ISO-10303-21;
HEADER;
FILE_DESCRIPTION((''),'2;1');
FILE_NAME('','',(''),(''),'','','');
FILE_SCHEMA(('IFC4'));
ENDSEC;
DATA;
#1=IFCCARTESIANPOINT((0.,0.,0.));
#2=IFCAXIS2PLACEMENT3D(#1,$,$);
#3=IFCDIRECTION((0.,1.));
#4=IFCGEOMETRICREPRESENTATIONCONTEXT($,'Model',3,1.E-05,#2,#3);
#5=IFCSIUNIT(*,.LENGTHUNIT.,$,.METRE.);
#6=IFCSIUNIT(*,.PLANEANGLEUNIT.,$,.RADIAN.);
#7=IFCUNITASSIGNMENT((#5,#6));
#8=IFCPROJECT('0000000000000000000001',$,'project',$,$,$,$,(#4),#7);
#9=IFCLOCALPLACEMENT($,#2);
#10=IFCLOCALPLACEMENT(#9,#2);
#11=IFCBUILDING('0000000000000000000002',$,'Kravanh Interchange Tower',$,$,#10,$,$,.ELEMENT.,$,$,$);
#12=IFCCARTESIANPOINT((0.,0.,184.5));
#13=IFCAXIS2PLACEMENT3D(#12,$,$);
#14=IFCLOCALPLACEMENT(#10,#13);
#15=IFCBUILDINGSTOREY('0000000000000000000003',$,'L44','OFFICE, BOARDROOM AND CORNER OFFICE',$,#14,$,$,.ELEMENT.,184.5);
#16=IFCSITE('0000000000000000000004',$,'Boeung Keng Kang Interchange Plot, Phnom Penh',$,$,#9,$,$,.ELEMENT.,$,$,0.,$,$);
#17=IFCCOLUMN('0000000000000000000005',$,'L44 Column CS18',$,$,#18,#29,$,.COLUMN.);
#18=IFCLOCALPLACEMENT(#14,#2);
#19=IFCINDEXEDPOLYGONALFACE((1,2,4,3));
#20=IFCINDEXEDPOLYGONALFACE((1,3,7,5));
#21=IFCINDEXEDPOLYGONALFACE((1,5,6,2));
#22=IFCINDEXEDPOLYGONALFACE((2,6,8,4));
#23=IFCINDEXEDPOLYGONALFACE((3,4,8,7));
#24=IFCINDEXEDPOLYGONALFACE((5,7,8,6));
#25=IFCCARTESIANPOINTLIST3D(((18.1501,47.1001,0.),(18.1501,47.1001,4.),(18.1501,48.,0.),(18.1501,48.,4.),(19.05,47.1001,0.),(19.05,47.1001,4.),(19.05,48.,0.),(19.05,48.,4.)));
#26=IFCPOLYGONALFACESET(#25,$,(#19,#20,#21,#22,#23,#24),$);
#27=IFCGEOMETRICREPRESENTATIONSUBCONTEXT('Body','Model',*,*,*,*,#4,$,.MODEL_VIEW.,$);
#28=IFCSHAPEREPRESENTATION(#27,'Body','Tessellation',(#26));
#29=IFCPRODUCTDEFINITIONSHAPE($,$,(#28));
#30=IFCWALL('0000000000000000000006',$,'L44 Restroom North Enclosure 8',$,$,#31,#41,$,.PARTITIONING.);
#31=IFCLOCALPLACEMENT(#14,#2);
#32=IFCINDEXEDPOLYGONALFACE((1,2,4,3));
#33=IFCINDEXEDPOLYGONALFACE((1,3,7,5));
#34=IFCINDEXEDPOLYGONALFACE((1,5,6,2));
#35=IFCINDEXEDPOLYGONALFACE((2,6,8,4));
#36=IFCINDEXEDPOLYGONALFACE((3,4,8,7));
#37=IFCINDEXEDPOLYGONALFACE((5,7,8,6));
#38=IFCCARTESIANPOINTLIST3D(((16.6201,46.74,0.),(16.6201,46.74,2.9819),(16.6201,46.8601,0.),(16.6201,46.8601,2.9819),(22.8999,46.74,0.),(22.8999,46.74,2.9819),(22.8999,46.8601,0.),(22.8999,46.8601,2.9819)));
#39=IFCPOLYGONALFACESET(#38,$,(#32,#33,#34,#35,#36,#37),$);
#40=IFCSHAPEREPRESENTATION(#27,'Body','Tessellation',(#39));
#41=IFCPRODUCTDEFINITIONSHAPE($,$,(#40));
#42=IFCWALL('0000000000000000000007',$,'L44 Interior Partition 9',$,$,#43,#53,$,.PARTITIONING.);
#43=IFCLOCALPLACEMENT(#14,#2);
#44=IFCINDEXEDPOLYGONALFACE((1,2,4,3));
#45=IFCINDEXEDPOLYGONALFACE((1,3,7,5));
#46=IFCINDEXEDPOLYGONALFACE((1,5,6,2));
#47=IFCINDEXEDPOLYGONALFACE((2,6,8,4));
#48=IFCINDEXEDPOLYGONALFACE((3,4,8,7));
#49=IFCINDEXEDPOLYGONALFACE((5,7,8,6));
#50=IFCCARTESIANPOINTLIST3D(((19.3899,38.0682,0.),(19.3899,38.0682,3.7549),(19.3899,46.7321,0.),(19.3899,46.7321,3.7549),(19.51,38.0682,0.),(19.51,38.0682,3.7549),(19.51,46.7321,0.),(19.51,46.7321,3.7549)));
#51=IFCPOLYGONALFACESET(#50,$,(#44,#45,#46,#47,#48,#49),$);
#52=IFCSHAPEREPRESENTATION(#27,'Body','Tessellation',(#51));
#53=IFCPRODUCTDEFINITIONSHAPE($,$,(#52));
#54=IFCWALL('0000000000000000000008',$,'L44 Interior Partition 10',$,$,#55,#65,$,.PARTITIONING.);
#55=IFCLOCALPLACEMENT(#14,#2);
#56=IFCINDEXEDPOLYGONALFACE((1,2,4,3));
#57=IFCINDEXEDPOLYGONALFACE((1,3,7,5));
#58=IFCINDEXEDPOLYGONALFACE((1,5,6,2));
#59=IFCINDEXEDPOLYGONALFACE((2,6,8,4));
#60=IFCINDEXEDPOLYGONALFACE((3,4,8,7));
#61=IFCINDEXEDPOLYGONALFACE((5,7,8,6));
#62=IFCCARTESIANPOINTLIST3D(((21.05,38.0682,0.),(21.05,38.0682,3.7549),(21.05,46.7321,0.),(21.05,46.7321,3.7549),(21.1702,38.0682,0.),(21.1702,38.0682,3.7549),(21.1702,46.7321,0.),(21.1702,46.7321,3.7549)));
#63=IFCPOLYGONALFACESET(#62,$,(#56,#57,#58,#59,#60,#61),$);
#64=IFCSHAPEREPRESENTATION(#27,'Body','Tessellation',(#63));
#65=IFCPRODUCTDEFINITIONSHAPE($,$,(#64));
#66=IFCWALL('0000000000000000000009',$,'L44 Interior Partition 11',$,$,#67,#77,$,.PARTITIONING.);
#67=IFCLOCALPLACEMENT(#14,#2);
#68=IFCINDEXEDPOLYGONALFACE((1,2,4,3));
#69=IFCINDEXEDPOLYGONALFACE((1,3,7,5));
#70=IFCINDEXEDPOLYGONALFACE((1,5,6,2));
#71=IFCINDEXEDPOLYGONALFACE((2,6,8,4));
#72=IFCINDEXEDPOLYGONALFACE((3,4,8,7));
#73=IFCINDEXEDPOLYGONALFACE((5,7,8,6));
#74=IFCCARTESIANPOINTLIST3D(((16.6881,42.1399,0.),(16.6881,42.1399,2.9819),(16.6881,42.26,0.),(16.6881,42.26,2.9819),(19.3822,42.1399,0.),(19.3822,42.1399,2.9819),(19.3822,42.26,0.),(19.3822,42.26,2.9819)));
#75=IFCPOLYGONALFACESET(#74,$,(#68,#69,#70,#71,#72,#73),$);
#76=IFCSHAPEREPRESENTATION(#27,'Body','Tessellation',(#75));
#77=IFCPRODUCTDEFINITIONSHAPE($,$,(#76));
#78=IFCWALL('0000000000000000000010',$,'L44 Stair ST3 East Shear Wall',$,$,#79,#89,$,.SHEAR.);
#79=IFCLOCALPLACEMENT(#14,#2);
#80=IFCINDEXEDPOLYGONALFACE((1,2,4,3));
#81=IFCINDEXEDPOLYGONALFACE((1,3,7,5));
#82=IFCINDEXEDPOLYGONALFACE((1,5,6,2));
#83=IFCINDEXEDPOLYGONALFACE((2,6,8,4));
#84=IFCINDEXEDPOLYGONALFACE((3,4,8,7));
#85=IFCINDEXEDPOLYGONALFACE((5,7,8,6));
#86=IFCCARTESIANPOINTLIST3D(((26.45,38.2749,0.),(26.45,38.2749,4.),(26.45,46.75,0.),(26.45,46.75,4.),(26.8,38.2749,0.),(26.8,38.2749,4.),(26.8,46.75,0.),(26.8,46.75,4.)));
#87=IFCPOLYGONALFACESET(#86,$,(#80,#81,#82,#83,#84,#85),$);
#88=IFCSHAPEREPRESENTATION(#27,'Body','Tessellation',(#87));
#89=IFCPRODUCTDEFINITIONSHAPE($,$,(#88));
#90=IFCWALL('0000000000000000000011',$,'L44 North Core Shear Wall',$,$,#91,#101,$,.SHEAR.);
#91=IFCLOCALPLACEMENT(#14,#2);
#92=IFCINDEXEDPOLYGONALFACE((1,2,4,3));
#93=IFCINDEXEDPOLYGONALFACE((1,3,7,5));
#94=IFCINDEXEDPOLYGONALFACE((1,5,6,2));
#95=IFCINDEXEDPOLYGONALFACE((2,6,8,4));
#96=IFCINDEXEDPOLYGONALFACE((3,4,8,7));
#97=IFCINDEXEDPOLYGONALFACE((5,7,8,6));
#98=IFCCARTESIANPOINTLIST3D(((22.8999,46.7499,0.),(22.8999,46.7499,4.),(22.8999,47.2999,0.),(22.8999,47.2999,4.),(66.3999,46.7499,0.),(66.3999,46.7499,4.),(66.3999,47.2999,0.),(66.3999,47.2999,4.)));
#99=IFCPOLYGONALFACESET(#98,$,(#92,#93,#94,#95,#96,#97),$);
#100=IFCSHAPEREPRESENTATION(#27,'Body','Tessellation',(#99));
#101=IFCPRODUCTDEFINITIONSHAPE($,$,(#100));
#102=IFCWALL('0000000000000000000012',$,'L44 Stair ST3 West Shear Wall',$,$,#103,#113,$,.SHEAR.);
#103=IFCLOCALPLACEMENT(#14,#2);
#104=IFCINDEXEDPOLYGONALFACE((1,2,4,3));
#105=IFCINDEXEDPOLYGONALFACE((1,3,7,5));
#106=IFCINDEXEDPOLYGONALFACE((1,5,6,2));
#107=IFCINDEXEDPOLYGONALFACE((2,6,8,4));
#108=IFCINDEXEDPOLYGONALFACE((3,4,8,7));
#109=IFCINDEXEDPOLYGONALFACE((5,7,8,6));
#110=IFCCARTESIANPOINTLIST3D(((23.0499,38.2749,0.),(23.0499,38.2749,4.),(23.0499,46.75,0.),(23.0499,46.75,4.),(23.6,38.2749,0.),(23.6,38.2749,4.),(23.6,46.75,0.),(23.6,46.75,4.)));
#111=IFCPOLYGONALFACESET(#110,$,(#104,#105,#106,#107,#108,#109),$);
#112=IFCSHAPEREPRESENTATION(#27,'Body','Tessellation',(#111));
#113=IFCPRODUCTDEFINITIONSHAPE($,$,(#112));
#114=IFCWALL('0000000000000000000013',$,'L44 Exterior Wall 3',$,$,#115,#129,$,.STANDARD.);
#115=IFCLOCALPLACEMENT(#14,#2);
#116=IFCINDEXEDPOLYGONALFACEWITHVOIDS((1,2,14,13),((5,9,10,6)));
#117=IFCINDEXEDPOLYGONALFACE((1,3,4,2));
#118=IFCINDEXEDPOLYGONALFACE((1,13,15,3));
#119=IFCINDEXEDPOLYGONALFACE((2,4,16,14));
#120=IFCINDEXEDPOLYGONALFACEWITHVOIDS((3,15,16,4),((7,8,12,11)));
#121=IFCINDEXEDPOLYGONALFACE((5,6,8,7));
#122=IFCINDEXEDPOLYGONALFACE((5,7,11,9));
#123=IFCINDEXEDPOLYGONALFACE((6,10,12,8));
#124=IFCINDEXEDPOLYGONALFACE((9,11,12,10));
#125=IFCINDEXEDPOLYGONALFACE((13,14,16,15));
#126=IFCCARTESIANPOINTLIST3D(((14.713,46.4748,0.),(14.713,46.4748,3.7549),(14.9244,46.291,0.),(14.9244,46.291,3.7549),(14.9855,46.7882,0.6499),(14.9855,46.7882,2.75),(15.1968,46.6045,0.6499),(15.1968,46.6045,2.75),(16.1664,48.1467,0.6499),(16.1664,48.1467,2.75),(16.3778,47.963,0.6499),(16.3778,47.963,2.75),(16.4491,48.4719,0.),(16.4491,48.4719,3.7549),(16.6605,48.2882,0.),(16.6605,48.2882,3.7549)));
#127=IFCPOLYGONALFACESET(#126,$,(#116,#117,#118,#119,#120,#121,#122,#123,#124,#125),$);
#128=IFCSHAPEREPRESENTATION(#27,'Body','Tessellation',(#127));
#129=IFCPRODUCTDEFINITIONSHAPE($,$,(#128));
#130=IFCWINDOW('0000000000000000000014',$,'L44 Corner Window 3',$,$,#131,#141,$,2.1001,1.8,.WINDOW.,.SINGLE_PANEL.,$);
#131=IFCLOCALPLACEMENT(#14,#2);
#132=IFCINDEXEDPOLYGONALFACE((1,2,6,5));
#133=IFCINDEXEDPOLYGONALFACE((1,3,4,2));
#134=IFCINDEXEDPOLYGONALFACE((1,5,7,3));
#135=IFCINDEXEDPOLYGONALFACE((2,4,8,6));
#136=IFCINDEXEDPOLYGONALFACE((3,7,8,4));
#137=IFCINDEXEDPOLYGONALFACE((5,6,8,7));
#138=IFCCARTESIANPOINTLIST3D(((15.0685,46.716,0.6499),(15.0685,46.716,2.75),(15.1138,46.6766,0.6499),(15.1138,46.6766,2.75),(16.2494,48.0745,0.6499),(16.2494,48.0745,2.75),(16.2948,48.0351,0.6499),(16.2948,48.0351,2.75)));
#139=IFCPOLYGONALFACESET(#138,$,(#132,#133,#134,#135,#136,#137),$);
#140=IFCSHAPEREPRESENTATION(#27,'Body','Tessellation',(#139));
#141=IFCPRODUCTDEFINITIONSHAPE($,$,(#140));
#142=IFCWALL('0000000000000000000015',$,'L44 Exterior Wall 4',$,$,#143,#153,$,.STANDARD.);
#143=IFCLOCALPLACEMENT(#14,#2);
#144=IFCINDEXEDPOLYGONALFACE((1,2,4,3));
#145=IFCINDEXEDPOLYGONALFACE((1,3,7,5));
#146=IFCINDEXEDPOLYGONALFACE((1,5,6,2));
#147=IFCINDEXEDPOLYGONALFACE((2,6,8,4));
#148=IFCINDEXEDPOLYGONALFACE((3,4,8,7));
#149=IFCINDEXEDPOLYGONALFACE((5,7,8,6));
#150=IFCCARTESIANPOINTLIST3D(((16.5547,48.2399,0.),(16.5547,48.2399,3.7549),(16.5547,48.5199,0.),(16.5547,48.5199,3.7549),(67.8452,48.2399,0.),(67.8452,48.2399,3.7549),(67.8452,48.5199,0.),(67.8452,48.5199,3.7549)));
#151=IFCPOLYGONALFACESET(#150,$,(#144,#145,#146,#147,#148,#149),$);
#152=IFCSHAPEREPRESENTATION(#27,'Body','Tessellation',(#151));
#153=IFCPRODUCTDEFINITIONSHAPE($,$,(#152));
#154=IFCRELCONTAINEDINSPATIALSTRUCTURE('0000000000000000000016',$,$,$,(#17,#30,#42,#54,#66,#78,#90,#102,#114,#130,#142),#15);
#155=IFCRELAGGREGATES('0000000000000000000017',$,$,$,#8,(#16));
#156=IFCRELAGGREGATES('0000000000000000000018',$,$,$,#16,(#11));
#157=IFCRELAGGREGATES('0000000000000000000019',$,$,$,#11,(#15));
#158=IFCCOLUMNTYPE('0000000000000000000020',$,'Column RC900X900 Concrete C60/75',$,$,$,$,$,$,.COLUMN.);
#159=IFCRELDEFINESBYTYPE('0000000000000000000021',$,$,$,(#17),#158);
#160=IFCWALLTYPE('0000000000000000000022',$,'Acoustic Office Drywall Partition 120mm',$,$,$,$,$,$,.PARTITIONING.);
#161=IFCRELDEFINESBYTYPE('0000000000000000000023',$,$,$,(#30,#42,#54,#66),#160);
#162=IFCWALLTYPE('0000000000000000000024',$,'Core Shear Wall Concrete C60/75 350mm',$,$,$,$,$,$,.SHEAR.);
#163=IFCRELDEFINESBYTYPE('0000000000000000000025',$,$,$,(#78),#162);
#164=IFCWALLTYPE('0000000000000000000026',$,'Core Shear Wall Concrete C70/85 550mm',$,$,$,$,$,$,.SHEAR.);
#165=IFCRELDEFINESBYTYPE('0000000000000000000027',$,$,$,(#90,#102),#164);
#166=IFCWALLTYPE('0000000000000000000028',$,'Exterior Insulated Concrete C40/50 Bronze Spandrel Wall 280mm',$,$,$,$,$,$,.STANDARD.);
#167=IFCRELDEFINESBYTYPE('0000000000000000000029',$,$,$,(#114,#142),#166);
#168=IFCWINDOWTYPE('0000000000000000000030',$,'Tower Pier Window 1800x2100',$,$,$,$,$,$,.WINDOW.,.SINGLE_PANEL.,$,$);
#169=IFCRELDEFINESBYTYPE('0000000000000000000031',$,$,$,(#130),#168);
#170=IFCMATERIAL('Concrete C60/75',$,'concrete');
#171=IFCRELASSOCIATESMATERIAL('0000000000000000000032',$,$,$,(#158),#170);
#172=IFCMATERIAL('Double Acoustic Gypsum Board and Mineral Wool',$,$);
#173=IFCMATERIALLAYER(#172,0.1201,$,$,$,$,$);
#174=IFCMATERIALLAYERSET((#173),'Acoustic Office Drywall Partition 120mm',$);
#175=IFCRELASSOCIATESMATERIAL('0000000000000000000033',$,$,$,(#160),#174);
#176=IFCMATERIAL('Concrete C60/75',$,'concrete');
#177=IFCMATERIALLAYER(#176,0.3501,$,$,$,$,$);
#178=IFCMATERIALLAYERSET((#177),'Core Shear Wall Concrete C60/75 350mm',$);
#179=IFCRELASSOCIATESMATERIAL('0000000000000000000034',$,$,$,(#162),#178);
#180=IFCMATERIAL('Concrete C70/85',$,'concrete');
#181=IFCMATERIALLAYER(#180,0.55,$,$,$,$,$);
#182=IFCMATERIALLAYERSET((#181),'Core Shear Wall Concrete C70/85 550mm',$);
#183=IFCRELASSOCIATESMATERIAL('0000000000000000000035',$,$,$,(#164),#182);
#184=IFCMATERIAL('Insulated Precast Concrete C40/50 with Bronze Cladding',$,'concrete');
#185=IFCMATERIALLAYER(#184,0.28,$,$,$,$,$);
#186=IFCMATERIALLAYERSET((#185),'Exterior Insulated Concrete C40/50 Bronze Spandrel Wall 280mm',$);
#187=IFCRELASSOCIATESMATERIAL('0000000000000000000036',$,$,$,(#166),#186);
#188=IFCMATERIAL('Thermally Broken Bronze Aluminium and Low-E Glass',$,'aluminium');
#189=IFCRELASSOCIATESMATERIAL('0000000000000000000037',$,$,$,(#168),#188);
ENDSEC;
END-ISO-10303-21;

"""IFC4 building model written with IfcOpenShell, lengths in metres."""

from ifc_helpers import new_model, si_unit, direction, frame, frame_2d, origin, origin_2d, place, context, subcontext, project, spatial, rectangle, extrude, material, layer, layer_set, material_profile, profile_set, type_object, element, fill, save


model = new_model("IFC4")

# Units and contexts
model_context = context("Model", 3, precision=1e-05, world=origin(), true_north=direction((0.0, 1.0)))
body_context = subcontext(model_context, "Body", "Model", "MODEL_VIEW")
ifc_project = project(units=[si_unit("LENGTHUNIT", "METRE"), si_unit("PLANEANGLEUNIT", "RADIAN")], contexts=[model_context])

# Site, building, storey
site_placement = place(None, origin())
site = spatial("IfcSite", under=ifc_project, at=site_placement, Name="Boeung Keng Kang Interchange Plot, Phnom Penh", CompositionType="ELEMENT", RefElevation=0.0)
building_placement = place(site_placement, origin())
building = spatial("IfcBuilding", under=site, at=building_placement, Name="Kravanh Interchange Tower", CompositionType="ELEMENT")
storey_placement = place(building_placement, frame((0.0, 0.0, 184.5)))
storey = spatial("IfcBuildingStorey", under=building, at=storey_placement, Name="L44", Description="OFFICE, BOARDROOM AND CORNER OFFICE", CompositionType="ELEMENT", Elevation=184.5)

# Column
ifc_material_1 = material(Name="Concrete C60/75", Category="concrete")
ifc_material_profile = material_profile(ifc_material_1, rectangle(XDim=0.8999, YDim=0.8999, at=origin_2d()), Name="RC900X900")
ifc_profile_set = profile_set([ifc_material_profile], Name="Concrete C60/75")
column_type = type_object("IfcColumnType", Name="Column RC900X900 Concrete C60/75", PredefinedType="COLUMN", material=ifc_profile_set)
column_placement = place(storey_placement, frame((18.6001, 47.55, 0.0), z_axis=(0.0, 0.0, 1.0), x_axis=(1.0, 0.0, 0.0)))
element("IfcColumn", 1, at=column_placement, inside=storey, type_object=column_type, Name="L44 Column CS18", PredefinedType="COLUMN", context=body_context, shape_type="SweptSolid", body=[
    extrude(rectangle(XDim=0.8999, YDim=0.8999, at=origin_2d()), origin(), (0.0, 0.0, 1.0), 4.0),
])

# Walls
ifc_material_2 = material(Name="Double Acoustic Gypsum Board and Mineral Wool")
ifc_layer_1 = layer(ifc_material_2, 0.1201)
ifc_layer_set_1 = layer_set([ifc_layer_1], Name="Acoustic Office Drywall Partition 120mm")
wall_type_1 = type_object("IfcWallType", Name="Acoustic Office Drywall Partition 120mm", PredefinedType="PARTITIONING", material=ifc_layer_set_1)
wall_1_placement = place(storey_placement, frame((16.6201, 46.8, 0.0), z_axis=(0.0, 0.0, 1.0), x_axis=(1.0, 0.0, 0.0)))
element("IfcWall", 2, at=wall_1_placement, inside=storey, type_object=wall_type_1, Name="L44 Restroom North Enclosure 8", PredefinedType="PARTITIONING", context=body_context, shape_type="SweptSolid", body=[
    extrude(rectangle(XDim=6.2798, YDim=0.1201, at=frame_2d((3.1399, 0.0))), origin(), (0.0, 0.0, 1.0), 2.9819),
])
for number, where, z_axis, x_axis, name in (
    (3, (19.45, 38.0681, 0.0), (0.0, 0.0, 1.0), (0.0, 1.0, 0.0), "L44 Interior Partition 9"),
    (4, (21.1101, 38.0681, 0.0), (0.0, 0.0, 1.0), (0.0, 1.0, 0.0), "L44 Interior Partition 10"),
):
    element("IfcWall", number, at=place(storey_placement, frame(where, z_axis=z_axis, x_axis=x_axis)), inside=storey, type_object=wall_type_1, Name=name, PredefinedType="PARTITIONING", context=body_context, shape_type="SweptSolid", body=[
        extrude(rectangle(XDim=8.6638, YDim=0.1201, at=frame_2d((4.332, 0.0))), origin(), (0.0, 0.0, 1.0), 3.7549),
    ])
wall_2_placement = place(storey_placement, frame((16.688, 42.2, 0.0), z_axis=(0.0, 0.0, 1.0), x_axis=(1.0, 0.0, 0.0)))
element("IfcWall", 5, at=wall_2_placement, inside=storey, type_object=wall_type_1, Name="L44 Interior Partition 11", PredefinedType="PARTITIONING", context=body_context, shape_type="SweptSolid", body=[
    extrude(rectangle(XDim=2.6941, YDim=0.1201, at=frame_2d((1.3472, 0.0))), origin(), (0.0, 0.0, 1.0), 2.9819),
])
ifc_material_3 = material(Name="Concrete C60/75", Category="concrete")
ifc_layer_2 = layer(ifc_material_3, 0.3501)
ifc_layer_set_2 = layer_set([ifc_layer_2], Name="Core Shear Wall Concrete C60/75 350mm")
wall_type_2 = type_object("IfcWallType", Name="Core Shear Wall Concrete C60/75 350mm", PredefinedType="SHEAR", material=ifc_layer_set_2)
wall_3_placement = place(storey_placement, frame((26.625, 38.2749, 0.0), z_axis=(0.0, 0.0, 1.0), x_axis=(0.0, 1.0, 0.0)))
element("IfcWall", 6, at=wall_3_placement, inside=storey, type_object=wall_type_2, Name="L44 Stair ST3 East Shear Wall", PredefinedType="SHEAR", context=body_context, shape_type="SweptSolid", body=[
    extrude(rectangle(XDim=8.4751, YDim=0.3501, at=frame_2d((4.2375, 0.0))), origin(), (0.0, 0.0, 1.0), 4.0),
])
ifc_material_4 = material(Name="Concrete C70/85", Category="concrete")
ifc_layer_3 = layer(ifc_material_4, 0.55)
ifc_layer_set_3 = layer_set([ifc_layer_3], Name="Core Shear Wall Concrete C70/85 550mm")
wall_type_3 = type_object("IfcWallType", Name="Core Shear Wall Concrete C70/85 550mm", PredefinedType="SHEAR", material=ifc_layer_set_3)
wall_4_placement = place(storey_placement, frame((22.8999, 47.0249, 0.0), z_axis=(0.0, 0.0, 1.0), x_axis=(1.0, 0.0, 0.0)))
element("IfcWall", 7, at=wall_4_placement, inside=storey, type_object=wall_type_3, Name="L44 North Core Shear Wall", PredefinedType="SHEAR", context=body_context, shape_type="SweptSolid", body=[
    extrude(rectangle(XDim=43.5, YDim=0.55, at=frame_2d((21.75, 0.0))), origin(), (0.0, 0.0, 1.0), 4.0),
])
wall_5_placement = place(storey_placement, frame((23.325, 38.2749, 0.0), z_axis=(0.0, 0.0, 1.0), x_axis=(0.0, 1.0, 0.0)))
element("IfcWall", 8, at=wall_5_placement, inside=storey, type_object=wall_type_3, Name="L44 Stair ST3 West Shear Wall", PredefinedType="SHEAR", context=body_context, shape_type="SweptSolid", body=[
    extrude(rectangle(XDim=8.4751, YDim=0.55, at=frame_2d((4.2375, 0.0))), origin(), (0.0, 0.0, 1.0), 4.0),
])

# Wall, opening, window
ifc_material_5 = material(Name="Insulated Precast Concrete C40/50 with Bronze Cladding", Category="concrete")
ifc_layer_4 = layer(ifc_material_5, 0.28)
ifc_layer_set_4 = layer_set([ifc_layer_4], Name="Exterior Insulated Concrete C40/50 Bronze Spandrel Wall 280mm")
wall_type_4 = type_object("IfcWallType", Name="Exterior Insulated Concrete C40/50 Bronze Spandrel Wall 280mm", PredefinedType="STANDARD", material=ifc_layer_set_4)
wall_6_placement = place(storey_placement, frame((14.8186, 46.3828, 0.0), z_axis=(0.0, 0.0, 1.0), x_axis=(0.656071, 0.754699, 0.0)))
wall_6 = element("IfcWall", 9, at=wall_6_placement, inside=storey, type_object=wall_type_4, Name="L44 Exterior Wall 3", PredefinedType="STANDARD", context=body_context, shape_type="SweptSolid", body=[
    extrude(rectangle(XDim=2.6462, YDim=0.28, at=frame_2d((1.3232, 0.0))), origin(), (0.0, 0.0, 1.0), 3.7549),
])
opening_1_placement = place(wall_6_placement, frame((0.4155, 0.0, 0.6499)))
opening_1 = element("IfcOpeningElement", 10, at=opening_1_placement, cuts=wall_6, PredefinedType="OPENING", context=body_context, shape_type="SweptSolid", body=[
    extrude(rectangle(XDim=1.8, YDim=2.1001, at=frame_2d((0.8999, 1.05))), frame((0.0, 0.1499, 0.0), z_axis=(0.0, -1.0, 0.0), x_axis=(1.0, 0.0, 0.0)), (0.0, 0.0, 1.0), 0.3),
])
ifc_material_6 = material(Name="Thermally Broken Bronze Aluminium and Low-E Glass", Category="aluminium")
window_type = type_object("IfcWindowType", Name="Tower Pier Window 1800x2100", PartitioningType="SINGLE_PANEL", PredefinedType="WINDOW", material=ifc_material_6)
window_placement = place(opening_1_placement, origin())
window = element("IfcWindow", 11, at=window_placement, inside=storey, type_object=window_type, Name="L44 Corner Window 3", OverallHeight=2.1001, OverallWidth=1.8, PartitioningType="SINGLE_PANEL", PredefinedType="WINDOW", context=body_context, shape_type="SweptSolid", body=[
    extrude(rectangle(XDim=1.8, YDim=2.1001, at=frame_2d((0.8999, 1.05))), frame((0.0, 0.03, 0.0), z_axis=(0.0, -1.0, 0.0), x_axis=(1.0, 0.0, 0.0)), (0.0, 0.0, 1.0), 0.0601),
])
fill(opening_1, window)

# Wall
wall_7_placement = place(storey_placement, frame((16.5547, 48.3799, 0.0), z_axis=(0.0, 0.0, 1.0), x_axis=(1.0, 0.0, 0.0)))
element("IfcWall", 12, at=wall_7_placement, inside=storey, type_object=wall_type_4, Name="L44 Exterior Wall 4", PredefinedType="STANDARD", context=body_context, shape_type="SweptSolid", body=[
    extrude(rectangle(XDim=51.2905, YDim=0.28, at=frame_2d((25.6453, 0.0))), origin(), (0.0, 0.0, 1.0), 3.7549),
])

save(model, "model.ifc")
